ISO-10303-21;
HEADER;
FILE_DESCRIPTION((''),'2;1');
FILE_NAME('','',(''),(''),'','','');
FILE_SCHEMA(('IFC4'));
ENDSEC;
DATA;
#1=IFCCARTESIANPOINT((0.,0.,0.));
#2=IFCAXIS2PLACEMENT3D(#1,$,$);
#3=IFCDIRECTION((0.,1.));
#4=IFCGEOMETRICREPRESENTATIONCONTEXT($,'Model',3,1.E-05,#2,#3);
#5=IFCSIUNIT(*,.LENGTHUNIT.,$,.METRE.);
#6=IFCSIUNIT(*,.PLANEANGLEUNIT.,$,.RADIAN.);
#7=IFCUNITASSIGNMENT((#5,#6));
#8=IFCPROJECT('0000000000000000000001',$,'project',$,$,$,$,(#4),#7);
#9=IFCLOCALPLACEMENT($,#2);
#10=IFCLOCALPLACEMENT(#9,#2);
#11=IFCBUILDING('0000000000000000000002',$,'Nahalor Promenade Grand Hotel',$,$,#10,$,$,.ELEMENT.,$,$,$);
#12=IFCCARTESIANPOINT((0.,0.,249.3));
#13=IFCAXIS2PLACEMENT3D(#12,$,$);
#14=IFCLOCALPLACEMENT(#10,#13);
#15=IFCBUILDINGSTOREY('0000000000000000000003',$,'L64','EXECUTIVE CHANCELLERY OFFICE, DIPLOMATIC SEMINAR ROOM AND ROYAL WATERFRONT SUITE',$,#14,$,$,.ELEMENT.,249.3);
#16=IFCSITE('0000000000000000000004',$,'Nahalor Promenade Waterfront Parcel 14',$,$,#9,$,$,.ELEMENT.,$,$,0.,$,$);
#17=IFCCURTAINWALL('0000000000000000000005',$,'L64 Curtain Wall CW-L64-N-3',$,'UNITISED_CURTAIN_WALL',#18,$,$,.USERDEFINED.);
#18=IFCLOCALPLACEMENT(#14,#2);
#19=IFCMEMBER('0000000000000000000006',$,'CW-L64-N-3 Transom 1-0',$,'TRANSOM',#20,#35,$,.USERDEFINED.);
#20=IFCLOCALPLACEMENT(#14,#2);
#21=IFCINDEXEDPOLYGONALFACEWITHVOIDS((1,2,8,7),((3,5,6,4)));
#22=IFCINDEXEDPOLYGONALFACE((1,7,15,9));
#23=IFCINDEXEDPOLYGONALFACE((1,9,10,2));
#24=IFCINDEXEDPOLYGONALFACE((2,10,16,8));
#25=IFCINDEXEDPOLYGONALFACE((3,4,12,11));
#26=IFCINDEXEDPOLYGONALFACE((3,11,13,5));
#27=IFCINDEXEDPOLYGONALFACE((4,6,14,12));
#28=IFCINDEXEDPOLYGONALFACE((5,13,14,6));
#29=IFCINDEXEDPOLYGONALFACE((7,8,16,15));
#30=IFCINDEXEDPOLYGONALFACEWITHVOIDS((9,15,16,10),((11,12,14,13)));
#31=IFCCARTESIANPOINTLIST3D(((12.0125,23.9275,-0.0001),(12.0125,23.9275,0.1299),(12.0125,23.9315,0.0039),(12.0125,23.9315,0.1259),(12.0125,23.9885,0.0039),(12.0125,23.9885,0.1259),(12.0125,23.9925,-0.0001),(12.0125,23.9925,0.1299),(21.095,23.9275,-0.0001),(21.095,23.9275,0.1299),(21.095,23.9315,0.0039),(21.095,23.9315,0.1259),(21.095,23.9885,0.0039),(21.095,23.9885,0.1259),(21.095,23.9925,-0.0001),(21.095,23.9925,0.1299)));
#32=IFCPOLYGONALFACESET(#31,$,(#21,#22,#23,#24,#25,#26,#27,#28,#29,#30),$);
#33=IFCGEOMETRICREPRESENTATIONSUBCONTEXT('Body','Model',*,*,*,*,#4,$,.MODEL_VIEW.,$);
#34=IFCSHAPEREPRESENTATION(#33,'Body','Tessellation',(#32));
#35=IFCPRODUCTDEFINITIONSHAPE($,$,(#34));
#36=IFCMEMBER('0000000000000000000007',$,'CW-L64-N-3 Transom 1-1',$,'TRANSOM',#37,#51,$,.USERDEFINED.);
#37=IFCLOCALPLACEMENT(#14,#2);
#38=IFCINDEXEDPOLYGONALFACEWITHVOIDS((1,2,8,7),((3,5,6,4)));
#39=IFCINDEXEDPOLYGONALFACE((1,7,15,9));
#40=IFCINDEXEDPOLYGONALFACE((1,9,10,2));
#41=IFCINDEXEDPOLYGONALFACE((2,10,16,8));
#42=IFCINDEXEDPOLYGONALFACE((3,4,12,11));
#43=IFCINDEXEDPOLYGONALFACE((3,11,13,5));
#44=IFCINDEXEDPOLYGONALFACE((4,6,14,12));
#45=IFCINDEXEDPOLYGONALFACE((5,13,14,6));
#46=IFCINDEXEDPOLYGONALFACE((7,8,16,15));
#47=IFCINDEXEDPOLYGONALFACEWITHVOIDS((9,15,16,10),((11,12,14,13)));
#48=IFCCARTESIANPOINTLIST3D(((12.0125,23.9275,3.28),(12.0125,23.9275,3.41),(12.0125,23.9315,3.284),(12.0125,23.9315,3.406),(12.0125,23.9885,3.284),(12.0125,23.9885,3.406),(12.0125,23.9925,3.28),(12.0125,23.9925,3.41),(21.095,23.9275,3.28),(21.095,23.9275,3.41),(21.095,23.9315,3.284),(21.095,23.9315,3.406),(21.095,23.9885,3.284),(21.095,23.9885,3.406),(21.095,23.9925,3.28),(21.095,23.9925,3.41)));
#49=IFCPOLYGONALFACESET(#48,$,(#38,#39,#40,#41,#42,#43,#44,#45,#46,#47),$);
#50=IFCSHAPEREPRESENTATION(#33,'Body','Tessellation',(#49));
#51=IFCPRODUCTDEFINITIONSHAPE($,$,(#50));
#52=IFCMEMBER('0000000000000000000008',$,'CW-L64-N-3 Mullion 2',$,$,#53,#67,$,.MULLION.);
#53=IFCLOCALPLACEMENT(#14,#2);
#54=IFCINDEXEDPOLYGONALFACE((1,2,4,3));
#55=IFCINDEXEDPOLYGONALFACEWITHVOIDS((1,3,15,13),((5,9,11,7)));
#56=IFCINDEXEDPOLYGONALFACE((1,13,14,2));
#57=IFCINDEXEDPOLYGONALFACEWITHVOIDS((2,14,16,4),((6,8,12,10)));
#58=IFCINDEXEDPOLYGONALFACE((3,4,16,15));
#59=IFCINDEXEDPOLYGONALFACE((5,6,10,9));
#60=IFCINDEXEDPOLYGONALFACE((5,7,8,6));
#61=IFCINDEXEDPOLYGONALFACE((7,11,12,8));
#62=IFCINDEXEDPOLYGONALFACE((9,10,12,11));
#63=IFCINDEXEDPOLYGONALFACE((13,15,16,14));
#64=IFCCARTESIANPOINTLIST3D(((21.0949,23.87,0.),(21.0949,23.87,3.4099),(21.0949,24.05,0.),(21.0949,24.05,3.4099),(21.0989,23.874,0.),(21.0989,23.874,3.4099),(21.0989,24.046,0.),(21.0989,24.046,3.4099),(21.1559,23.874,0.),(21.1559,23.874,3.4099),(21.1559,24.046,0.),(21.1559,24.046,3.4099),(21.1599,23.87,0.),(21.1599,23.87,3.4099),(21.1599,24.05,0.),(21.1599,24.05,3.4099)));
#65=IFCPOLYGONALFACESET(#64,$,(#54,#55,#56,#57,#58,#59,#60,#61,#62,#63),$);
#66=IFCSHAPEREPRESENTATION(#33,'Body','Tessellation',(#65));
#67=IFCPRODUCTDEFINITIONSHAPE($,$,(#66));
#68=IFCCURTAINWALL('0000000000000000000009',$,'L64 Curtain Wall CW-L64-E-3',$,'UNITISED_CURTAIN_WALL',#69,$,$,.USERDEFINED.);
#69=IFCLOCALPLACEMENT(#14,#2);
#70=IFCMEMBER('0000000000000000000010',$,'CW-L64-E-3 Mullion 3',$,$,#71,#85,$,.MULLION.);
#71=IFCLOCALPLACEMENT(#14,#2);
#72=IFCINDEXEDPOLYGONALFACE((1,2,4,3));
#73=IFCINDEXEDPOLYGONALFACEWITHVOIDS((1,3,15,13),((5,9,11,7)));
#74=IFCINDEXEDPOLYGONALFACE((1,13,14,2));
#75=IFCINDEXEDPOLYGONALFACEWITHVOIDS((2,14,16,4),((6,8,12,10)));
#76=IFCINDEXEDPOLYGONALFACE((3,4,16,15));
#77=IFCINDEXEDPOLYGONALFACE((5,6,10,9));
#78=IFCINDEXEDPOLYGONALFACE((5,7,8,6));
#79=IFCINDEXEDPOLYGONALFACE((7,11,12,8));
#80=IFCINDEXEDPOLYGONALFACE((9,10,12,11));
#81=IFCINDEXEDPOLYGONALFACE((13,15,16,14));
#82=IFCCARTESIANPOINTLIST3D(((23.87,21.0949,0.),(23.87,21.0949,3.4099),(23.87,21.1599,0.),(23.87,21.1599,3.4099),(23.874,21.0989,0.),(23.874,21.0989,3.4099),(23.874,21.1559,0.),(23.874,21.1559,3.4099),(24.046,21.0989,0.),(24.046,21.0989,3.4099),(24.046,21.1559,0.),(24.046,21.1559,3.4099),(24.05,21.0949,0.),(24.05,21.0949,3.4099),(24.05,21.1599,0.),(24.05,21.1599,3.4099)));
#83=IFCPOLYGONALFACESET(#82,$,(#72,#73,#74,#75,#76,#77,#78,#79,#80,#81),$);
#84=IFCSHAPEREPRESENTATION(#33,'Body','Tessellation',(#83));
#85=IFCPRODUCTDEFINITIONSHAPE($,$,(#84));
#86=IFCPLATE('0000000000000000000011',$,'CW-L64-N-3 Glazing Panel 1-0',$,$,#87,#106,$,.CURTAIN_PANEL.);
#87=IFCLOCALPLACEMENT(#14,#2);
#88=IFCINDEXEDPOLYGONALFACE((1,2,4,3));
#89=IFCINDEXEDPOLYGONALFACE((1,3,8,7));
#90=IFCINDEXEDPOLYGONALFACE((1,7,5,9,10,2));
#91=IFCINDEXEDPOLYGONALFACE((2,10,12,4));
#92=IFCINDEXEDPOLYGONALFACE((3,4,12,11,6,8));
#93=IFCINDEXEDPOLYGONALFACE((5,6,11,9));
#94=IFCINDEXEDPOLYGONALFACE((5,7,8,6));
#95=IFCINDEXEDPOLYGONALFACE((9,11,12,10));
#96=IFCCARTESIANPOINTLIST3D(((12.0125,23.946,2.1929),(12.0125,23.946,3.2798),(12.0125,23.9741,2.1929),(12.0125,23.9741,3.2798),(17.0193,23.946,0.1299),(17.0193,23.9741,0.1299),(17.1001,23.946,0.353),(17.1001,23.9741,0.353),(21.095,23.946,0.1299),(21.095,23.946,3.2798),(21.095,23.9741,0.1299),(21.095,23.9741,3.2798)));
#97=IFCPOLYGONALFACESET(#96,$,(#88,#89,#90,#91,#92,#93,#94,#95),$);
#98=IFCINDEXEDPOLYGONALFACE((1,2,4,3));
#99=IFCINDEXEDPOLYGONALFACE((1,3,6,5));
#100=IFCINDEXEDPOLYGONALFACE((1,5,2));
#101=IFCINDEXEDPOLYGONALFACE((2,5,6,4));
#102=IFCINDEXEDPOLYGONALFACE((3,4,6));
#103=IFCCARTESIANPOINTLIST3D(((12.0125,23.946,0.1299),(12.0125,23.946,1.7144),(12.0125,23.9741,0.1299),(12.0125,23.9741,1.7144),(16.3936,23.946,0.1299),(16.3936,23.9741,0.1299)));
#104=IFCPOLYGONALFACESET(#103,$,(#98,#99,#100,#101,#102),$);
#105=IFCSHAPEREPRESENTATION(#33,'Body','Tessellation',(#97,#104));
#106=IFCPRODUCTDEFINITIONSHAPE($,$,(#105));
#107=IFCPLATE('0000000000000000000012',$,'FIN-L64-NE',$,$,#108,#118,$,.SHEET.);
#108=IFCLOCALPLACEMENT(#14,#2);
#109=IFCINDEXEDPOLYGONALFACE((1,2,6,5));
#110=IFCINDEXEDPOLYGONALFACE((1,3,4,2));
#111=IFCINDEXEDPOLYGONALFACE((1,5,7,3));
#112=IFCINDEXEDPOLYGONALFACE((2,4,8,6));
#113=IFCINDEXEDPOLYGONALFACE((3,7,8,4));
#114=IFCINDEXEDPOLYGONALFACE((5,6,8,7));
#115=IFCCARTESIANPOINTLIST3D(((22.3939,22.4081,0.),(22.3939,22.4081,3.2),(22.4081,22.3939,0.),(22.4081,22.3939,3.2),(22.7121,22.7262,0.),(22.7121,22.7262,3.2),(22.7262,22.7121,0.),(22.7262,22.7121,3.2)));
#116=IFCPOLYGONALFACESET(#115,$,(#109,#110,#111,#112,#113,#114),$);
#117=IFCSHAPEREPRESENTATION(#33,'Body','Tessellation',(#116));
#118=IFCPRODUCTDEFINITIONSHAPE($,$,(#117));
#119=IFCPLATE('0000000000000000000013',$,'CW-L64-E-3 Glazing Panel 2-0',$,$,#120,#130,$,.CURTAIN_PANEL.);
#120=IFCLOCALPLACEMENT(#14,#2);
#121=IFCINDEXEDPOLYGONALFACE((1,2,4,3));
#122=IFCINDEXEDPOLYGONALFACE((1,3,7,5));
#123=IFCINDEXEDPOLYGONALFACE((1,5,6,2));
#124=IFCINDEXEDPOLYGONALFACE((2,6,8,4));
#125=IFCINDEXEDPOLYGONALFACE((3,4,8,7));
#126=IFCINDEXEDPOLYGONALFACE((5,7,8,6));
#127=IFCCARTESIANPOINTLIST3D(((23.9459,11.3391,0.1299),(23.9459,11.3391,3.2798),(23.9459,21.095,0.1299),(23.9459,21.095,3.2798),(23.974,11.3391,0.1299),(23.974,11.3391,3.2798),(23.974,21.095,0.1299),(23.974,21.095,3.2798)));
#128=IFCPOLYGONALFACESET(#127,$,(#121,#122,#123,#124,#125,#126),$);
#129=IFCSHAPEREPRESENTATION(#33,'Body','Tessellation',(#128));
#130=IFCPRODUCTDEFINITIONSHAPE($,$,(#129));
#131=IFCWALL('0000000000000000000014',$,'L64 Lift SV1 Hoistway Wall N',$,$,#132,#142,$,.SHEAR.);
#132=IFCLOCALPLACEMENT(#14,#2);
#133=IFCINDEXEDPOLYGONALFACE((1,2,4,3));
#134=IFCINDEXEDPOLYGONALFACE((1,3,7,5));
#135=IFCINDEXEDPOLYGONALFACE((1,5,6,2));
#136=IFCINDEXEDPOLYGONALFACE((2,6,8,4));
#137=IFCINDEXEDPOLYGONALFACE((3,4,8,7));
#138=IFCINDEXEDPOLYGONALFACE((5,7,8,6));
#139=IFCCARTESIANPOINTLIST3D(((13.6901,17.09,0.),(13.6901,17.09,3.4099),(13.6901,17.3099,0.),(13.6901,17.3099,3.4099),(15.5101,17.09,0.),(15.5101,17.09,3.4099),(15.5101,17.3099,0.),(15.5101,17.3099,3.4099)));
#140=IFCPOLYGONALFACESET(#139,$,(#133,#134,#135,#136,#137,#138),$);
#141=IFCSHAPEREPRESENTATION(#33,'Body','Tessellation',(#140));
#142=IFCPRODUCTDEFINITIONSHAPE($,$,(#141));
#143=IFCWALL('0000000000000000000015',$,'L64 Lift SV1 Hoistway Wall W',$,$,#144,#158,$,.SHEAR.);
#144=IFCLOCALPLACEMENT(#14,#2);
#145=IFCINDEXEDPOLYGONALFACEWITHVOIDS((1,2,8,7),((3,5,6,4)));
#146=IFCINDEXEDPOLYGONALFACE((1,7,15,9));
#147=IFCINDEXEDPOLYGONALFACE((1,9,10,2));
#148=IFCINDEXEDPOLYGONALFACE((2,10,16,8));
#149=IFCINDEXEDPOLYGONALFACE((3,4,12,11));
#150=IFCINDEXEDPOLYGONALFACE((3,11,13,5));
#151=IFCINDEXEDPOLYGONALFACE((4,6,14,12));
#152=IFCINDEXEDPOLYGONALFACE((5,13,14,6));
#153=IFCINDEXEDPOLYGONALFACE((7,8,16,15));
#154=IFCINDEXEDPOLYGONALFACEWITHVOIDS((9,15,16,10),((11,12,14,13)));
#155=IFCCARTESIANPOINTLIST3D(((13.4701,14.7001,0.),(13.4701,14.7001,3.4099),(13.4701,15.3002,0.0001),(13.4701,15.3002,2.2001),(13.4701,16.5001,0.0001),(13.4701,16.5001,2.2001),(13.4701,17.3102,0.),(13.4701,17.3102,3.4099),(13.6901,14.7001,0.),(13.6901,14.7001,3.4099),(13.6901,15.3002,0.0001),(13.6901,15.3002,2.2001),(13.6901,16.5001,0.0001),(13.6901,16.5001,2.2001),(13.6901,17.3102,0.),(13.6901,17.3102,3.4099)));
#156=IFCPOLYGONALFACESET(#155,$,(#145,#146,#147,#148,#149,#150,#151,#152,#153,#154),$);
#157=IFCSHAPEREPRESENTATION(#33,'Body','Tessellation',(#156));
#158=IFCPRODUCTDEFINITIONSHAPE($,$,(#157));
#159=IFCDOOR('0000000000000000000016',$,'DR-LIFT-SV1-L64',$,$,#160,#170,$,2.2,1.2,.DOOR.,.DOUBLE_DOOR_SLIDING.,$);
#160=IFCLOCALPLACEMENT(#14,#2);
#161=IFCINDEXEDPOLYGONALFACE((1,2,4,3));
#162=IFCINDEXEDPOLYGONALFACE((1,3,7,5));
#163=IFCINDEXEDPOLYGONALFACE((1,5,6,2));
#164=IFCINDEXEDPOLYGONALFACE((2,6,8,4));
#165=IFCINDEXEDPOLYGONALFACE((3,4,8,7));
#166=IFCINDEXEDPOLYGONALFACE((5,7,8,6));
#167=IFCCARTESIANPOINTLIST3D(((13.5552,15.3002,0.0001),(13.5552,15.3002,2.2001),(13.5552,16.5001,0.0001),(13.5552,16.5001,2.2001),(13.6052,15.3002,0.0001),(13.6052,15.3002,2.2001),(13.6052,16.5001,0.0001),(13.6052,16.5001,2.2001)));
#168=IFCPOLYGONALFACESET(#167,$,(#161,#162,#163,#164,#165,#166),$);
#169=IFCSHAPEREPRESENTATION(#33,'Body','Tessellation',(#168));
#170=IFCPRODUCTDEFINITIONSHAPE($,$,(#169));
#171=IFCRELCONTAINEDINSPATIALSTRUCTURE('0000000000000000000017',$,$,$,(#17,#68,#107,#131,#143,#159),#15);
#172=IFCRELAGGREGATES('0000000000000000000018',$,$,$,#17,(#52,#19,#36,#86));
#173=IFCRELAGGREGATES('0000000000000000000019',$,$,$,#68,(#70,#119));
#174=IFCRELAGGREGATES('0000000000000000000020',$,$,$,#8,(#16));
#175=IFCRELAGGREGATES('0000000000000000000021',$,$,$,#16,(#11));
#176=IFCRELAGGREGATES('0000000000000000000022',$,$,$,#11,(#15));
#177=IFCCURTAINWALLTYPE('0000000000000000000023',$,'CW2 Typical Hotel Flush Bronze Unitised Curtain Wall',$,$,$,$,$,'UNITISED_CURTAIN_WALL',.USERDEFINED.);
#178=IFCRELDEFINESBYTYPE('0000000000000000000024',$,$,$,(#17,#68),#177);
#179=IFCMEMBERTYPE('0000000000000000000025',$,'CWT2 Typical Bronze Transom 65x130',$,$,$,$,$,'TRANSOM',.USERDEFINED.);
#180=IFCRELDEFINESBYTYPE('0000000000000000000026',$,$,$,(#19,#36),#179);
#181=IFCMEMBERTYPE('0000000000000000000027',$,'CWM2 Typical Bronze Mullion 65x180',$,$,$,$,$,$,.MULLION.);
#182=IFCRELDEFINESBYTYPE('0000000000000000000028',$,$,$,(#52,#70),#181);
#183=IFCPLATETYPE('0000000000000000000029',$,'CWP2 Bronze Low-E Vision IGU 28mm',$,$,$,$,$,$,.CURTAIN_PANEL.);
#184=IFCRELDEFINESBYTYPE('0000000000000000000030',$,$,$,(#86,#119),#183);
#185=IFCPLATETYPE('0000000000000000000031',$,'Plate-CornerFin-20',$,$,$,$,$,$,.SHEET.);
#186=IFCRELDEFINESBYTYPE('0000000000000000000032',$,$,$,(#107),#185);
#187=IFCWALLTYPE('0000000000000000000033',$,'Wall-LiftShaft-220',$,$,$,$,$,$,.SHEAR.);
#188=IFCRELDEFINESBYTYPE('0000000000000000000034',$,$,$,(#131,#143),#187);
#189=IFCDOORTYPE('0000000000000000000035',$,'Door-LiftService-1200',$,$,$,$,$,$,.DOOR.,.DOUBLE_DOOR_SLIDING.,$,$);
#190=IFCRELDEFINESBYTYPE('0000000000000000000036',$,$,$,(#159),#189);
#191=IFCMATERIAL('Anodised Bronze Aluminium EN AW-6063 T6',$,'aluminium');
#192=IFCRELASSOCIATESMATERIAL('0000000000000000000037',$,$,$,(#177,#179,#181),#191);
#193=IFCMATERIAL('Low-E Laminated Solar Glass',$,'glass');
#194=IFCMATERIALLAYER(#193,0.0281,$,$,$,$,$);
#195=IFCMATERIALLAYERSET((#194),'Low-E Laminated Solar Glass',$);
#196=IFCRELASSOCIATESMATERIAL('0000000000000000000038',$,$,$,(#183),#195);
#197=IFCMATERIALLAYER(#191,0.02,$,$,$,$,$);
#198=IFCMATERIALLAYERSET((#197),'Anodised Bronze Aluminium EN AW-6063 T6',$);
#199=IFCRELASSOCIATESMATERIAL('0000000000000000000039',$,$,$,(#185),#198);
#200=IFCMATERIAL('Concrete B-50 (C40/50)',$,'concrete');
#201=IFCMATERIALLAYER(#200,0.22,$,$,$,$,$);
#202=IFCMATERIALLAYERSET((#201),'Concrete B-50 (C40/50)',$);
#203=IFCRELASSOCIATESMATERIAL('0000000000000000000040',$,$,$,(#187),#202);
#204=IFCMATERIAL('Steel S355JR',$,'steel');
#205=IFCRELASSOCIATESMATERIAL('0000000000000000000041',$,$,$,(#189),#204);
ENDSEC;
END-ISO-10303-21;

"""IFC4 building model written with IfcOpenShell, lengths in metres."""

from ifc_helpers import new_model, si_unit, direction, frame, frame_2d, origin, origin_2d, place, context, subcontext, project, spatial, polyline, rectangle, hollow_rectangle, outline, extrude, source, transform, mapped, material, layer, layer_set, material_profile, profile_set, type_object, element, fill, aggregate, save


model = new_model("IFC4")

# Units and contexts
model_context = context("Model", 3, precision=1e-05, world=origin(), true_north=direction((0.0, 1.0)))
body_context = subcontext(model_context, "Body", "Model", "MODEL_VIEW")
ifc_project = project(units=[si_unit("LENGTHUNIT", "METRE"), si_unit("PLANEANGLEUNIT", "RADIAN")], contexts=[model_context])

# Site, building, storey
site_placement = place(None, origin())
site = spatial("IfcSite", under=ifc_project, at=site_placement, Name="Nahalor Promenade Waterfront Parcel 14", CompositionType="ELEMENT", RefElevation=0.0)
building_placement = place(site_placement, origin())
building = spatial("IfcBuilding", under=site, at=building_placement, Name="Nahalor Promenade Grand Hotel", CompositionType="ELEMENT")
storey_placement = place(building_placement, frame((0.0, 0.0, 249.3)))
storey = spatial("IfcBuildingStorey", under=building, at=storey_placement, Name="L64", Description="EXECUTIVE CHANCELLERY OFFICE, DIPLOMATIC SEMINAR ROOM AND ROYAL WATERFRONT SUITE", CompositionType="ELEMENT", Elevation=249.3)

# Shared definitions
ifc_material_1 = material(Name="Steel S355JR", Category="steel")

# Curtain wall, members
ifc_material_2 = material(Name="Anodised Bronze Aluminium EN AW-6063 T6", Category="aluminium")
curtain_wall_type = type_object("IfcCurtainWallType", Name="CW2 Typical Hotel Flush Bronze Unitised Curtain Wall", ElementType="UNITISED_CURTAIN_WALL", PredefinedType="USERDEFINED", material=ifc_material_2)
curtain_wall_1_placement = place(storey_placement, origin())
curtain_wall_1 = element("IfcCurtainWall", 1, at=curtain_wall_1_placement, inside=storey, type_object=curtain_wall_type, Name="L64 Curtain Wall CW-L64-N-3", ObjectType="UNITISED_CURTAIN_WALL", PredefinedType="USERDEFINED")
ifc_material_profile_1 = material_profile(ifc_material_2, hollow_rectangle(XDim=0.065, YDim=0.13, WallThickness=0.004, at=origin_2d()), Name="CWT 65x130x4")
ifc_profile_set_1 = profile_set([ifc_material_profile_1], Name="Anodised Bronze Aluminium EN AW-6063 T6")
member_type_1 = type_object("IfcMemberType", Name="CWT2 Typical Bronze Transom 65x130", ElementType="TRANSOM", PredefinedType="USERDEFINED", material=ifc_profile_set_1)
shared_shape_1 = source(origin(), body_context, "Body", "SweptSolid", [
    extrude(hollow_rectangle(XDim=0.065, YDim=0.13, WallThickness=0.004, at=origin_2d()), origin(), (0.0, 0.0, 1.0), 9.0825),
])
member_1_placement = place(storey_placement, frame((12.0125, 23.96, 0.0649), z_axis=(1.0, 0.0, 0.0), x_axis=(0.0, 1.0, 0.0)))
member_1 = element("IfcMember", 2, at=member_1_placement, type_object=member_type_1, Name="CW-L64-N-3 Transom 1-0", ObjectType="TRANSOM", PredefinedType="USERDEFINED", context=body_context, shape_type="MappedRepresentation", body=[
    mapped(shared_shape_1, transform((0.0, 0.0, 0.0), scale=1.0)),
])
member_2_placement = place(storey_placement, frame((12.0125, 23.96, 3.345), z_axis=(1.0, 0.0, 0.0), x_axis=(0.0, 1.0, 0.0)))
member_2 = element("IfcMember", 3, at=member_2_placement, type_object=member_type_1, Name="CW-L64-N-3 Transom 1-1", ObjectType="TRANSOM", PredefinedType="USERDEFINED", context=body_context, shape_type="MappedRepresentation", body=[
    mapped(shared_shape_1, transform((0.0, 0.0, 0.0), scale=1.0)),
])
ifc_material_profile_2 = material_profile(ifc_material_2, hollow_rectangle(XDim=0.065, YDim=0.18, WallThickness=0.004, at=origin_2d()), Name="CWM 65x180x4")
ifc_profile_set_2 = profile_set([ifc_material_profile_2], Name="Anodised Bronze Aluminium EN AW-6063 T6")
member_type_2 = type_object("IfcMemberType", Name="CWM2 Typical Bronze Mullion 65x180", PredefinedType="MULLION", material=ifc_profile_set_2)
shared_shape_2 = source(origin(), body_context, "Body", "SweptSolid", [
    extrude(hollow_rectangle(XDim=0.065, YDim=0.18, WallThickness=0.004, at=origin_2d()), origin(), (0.0, 0.0, 1.0), 3.4099),
])
member_3_placement = place(storey_placement, frame((21.1274, 23.96, 0.0), z_axis=(0.0, 0.0, 1.0), x_axis=(1.0, 0.0, 0.0)))
member_3 = element("IfcMember", 4, at=member_3_placement, type_object=member_type_2, Name="CW-L64-N-3 Mullion 2", PredefinedType="MULLION", context=body_context, shape_type="MappedRepresentation", body=[
    mapped(shared_shape_2, transform((0.0, 0.0, 0.0), scale=1.0)),
])

# Curtain wall, member
curtain_wall_2_placement = place(storey_placement, origin())
curtain_wall_2 = element("IfcCurtainWall", 5, at=curtain_wall_2_placement, inside=storey, type_object=curtain_wall_type, Name="L64 Curtain Wall CW-L64-E-3", ObjectType="UNITISED_CURTAIN_WALL", PredefinedType="USERDEFINED")
member_4_placement = place(storey_placement, frame((23.96, 21.1274, 0.0), z_axis=(0.0, 0.0, 1.0), x_axis=(0.0, 1.0, 0.0)))
member_4 = element("IfcMember", 6, at=member_4_placement, type_object=member_type_2, Name="CW-L64-E-3 Mullion 3", PredefinedType="MULLION", context=body_context, shape_type="MappedRepresentation", body=[
    mapped(shared_shape_2, transform((0.0, 0.0, 0.0), scale=1.0)),
])

# Plates
ifc_material_3 = material(Name="Low-E Laminated Solar Glass", Category="glass")
ifc_layer_1 = layer(ifc_material_3, 0.0281)
ifc_layer_set_1 = layer_set([ifc_layer_1], Name="Low-E Laminated Solar Glass")
plate_type_1 = type_object("IfcPlateType", Name="CWP2 Bronze Low-E Vision IGU 28mm", PredefinedType="CURTAIN_PANEL", material=ifc_layer_set_1)
plate_1_placement = place(storey_placement, frame((16.5537, 23.96, 0.1299), z_axis=(0.0, 0.0, 1.0), x_axis=(1.0, 0.0, 0.0)))
plate_1 = element("IfcPlate", 7, at=plate_1_placement, type_object=plate_type_1, Name="CW-L64-N-3 Glazing Panel 1-0", PredefinedType="CURTAIN_PANEL", context=body_context, shape_type="SweptSolid", body=[
    extrude(outline(polyline([(4.5413, 3.1499), (-4.5413, 3.1499), (-4.5413, 2.063), (0.5464, 0.2231), (0.4656, 0.0), (4.5413, 0.0), (4.5413, 3.1499)])), frame((0.0, 0.0142, 0.0), z_axis=(0.0, -1.0, 0.0), x_axis=(1.0, 0.0, 0.0)), (0.0, 0.0, 1.0), 0.0281),
    extrude(outline(polyline([(-4.5413, 1.5845), (-4.5413, 0.0), (-0.1602, 0.0), (-4.5413, 1.5845)])), frame((0.0, 0.0142, 0.0), z_axis=(0.0, -1.0, 0.0), x_axis=(1.0, 0.0, 0.0)), (0.0, 0.0, 1.0), 0.0281),
])
aggregate(curtain_wall_1, [member_3, member_1, member_2, plate_1])
ifc_layer_2 = layer(ifc_material_2, 0.02)
ifc_layer_set_2 = layer_set([ifc_layer_2], Name="Anodised Bronze Aluminium EN AW-6063 T6")
plate_type_2 = type_object("IfcPlateType", Name="Plate-CornerFin-20", PredefinedType="SHEET", material=ifc_layer_set_2)
shared_shape_3 = source(origin(), body_context, "Body", "SweptSolid", [
    extrude(rectangle(XDim=0.45, YDim=0.02, at=origin_2d()), origin(), (0.0, 0.0, 1.0), 3.2),
])
plate_2_placement = place(storey_placement, frame((22.5601, 22.5601, 0.0), z_axis=(0.0, 0.0, 1.0), x_axis=(0.707107, 0.707107, 0.0)))
element("IfcPlate", 8, at=plate_2_placement, inside=storey, type_object=plate_type_2, Name="FIN-L64-NE", PredefinedType="SHEET", context=body_context, shape_type="MappedRepresentation", body=[
    mapped(shared_shape_3, transform((0.0, 0.0, 0.0), scale=1.0)),
])
shared_shape_4 = source(origin(), body_context, "Body", "SweptSolid", [
    extrude(rectangle(XDim=9.7559, YDim=0.0281, at=origin_2d()), origin(), (0.0, 0.0, 1.0), 3.1499),
])
plate_3_placement = place(storey_placement, frame((23.96, 16.217, 0.1299), z_axis=(0.0, 0.0, 1.0), x_axis=(0.0, 1.0, 0.0)))
plate_3 = element("IfcPlate", 9, at=plate_3_placement, type_object=plate_type_1, Name="CW-L64-E-3 Glazing Panel 2-0", PredefinedType="CURTAIN_PANEL", context=body_context, shape_type="MappedRepresentation", body=[
    mapped(shared_shape_4, transform((0.0, 0.0, 0.0), scale=1.0)),
])
aggregate(curtain_wall_2, [member_4, plate_3])

# Wall
ifc_material_4 = material(Name="Concrete B-50 (C40/50)", Category="concrete")
ifc_layer_3 = layer(ifc_material_4, 0.22)
ifc_layer_set_3 = layer_set([ifc_layer_3], Name="Concrete B-50 (C40/50)")
wall_type_1 = type_object("IfcWallType", Name="Wall-LiftShaft-220", PredefinedType="SHEAR", material=ifc_layer_set_3)
shared_shape_5 = source(origin(), body_context, "Body", "SweptSolid", [
    extrude(rectangle(XDim=1.8201, YDim=0.22, at=frame_2d((0.9102, 0.0))), origin(), (0.0, 0.0, 1.0), 3.4099),
])
wall_1_placement = place(storey_placement, frame((13.6899, 17.2, 0.0), z_axis=(0.0, 0.0, 1.0), x_axis=(1.0, 0.0, 0.0)))
element("IfcWall", 10, at=wall_1_placement, inside=storey, type_object=wall_type_1, Name="L64 Lift SV1 Hoistway Wall N", PredefinedType="SHEAR", context=body_context, shape_type="MappedRepresentation", body=[
    mapped(shared_shape_5, transform((0.0, 0.0, 0.0), scale=1.0)),
])

# Wall, opening, door
shared_shape_6 = source(origin(), body_context, "Body", "SweptSolid", [
    extrude(rectangle(XDim=2.6101, YDim=0.22, at=frame_2d((1.3052, 0.0))), origin(), (0.0, 0.0, 1.0), 3.4099),
])
wall_2_placement = place(storey_placement, frame((13.5801, 14.7, 0.0), z_axis=(0.0, 0.0, 1.0), x_axis=(0.0, 1.0, 0.0)))
wall_2 = element("IfcWall", 11, at=wall_2_placement, inside=storey, type_object=wall_type_1, Name="L64 Lift SV1 Hoistway Wall W", PredefinedType="SHEAR", context=body_context, shape_type="MappedRepresentation", body=[
    mapped(shared_shape_6, transform((0.0, 0.0, 0.0), scale=1.0)),
])
opening_placement = place(wall_2_placement, frame((0.6001, 0.0, 0.0)))
opening = element("IfcOpeningElement", 12, at=opening_placement, cuts=wall_2, PredefinedType="OPENING", context=body_context, shape_type="SweptSolid", body=[
    extrude(rectangle(XDim=1.2, YDim=2.2, at=frame_2d((0.6001, 1.1001))), frame((0.0, 0.1199, 0.0), z_axis=(0.0, -1.0, 0.0), x_axis=(1.0, 0.0, 0.0)), (0.0, 0.0, 1.0), 0.24),
])
door_type = type_object("IfcDoorType", Name="Door-LiftService-1200", OperationType="DOUBLE_DOOR_SLIDING", PredefinedType="DOOR", material=ifc_material_1)
shared_shape_7 = source(origin(), body_context, "Body", "SweptSolid", [
    extrude(rectangle(XDim=1.2, YDim=2.2, at=frame_2d((0.6001, 1.1001))), frame((0.0, 0.0249, 0.0), z_axis=(0.0, -1.0, 0.0), x_axis=(1.0, 0.0, 0.0)), (0.0, 0.0, 1.0), 0.05),
])
door_placement = place(opening_placement, origin())
door = element("IfcDoor", 13, at=door_placement, inside=storey, type_object=door_type, Name="DR-LIFT-SV1-L64", OperationType="DOUBLE_DOOR_SLIDING", OverallHeight=2.2, OverallWidth=1.2, PredefinedType="DOOR", context=body_context, shape_type="MappedRepresentation", body=[
    mapped(shared_shape_7, transform((0.0, 0.0, 0.0), scale=1.0)),
])
fill(opening, door)

save(model, "model.ifc")
